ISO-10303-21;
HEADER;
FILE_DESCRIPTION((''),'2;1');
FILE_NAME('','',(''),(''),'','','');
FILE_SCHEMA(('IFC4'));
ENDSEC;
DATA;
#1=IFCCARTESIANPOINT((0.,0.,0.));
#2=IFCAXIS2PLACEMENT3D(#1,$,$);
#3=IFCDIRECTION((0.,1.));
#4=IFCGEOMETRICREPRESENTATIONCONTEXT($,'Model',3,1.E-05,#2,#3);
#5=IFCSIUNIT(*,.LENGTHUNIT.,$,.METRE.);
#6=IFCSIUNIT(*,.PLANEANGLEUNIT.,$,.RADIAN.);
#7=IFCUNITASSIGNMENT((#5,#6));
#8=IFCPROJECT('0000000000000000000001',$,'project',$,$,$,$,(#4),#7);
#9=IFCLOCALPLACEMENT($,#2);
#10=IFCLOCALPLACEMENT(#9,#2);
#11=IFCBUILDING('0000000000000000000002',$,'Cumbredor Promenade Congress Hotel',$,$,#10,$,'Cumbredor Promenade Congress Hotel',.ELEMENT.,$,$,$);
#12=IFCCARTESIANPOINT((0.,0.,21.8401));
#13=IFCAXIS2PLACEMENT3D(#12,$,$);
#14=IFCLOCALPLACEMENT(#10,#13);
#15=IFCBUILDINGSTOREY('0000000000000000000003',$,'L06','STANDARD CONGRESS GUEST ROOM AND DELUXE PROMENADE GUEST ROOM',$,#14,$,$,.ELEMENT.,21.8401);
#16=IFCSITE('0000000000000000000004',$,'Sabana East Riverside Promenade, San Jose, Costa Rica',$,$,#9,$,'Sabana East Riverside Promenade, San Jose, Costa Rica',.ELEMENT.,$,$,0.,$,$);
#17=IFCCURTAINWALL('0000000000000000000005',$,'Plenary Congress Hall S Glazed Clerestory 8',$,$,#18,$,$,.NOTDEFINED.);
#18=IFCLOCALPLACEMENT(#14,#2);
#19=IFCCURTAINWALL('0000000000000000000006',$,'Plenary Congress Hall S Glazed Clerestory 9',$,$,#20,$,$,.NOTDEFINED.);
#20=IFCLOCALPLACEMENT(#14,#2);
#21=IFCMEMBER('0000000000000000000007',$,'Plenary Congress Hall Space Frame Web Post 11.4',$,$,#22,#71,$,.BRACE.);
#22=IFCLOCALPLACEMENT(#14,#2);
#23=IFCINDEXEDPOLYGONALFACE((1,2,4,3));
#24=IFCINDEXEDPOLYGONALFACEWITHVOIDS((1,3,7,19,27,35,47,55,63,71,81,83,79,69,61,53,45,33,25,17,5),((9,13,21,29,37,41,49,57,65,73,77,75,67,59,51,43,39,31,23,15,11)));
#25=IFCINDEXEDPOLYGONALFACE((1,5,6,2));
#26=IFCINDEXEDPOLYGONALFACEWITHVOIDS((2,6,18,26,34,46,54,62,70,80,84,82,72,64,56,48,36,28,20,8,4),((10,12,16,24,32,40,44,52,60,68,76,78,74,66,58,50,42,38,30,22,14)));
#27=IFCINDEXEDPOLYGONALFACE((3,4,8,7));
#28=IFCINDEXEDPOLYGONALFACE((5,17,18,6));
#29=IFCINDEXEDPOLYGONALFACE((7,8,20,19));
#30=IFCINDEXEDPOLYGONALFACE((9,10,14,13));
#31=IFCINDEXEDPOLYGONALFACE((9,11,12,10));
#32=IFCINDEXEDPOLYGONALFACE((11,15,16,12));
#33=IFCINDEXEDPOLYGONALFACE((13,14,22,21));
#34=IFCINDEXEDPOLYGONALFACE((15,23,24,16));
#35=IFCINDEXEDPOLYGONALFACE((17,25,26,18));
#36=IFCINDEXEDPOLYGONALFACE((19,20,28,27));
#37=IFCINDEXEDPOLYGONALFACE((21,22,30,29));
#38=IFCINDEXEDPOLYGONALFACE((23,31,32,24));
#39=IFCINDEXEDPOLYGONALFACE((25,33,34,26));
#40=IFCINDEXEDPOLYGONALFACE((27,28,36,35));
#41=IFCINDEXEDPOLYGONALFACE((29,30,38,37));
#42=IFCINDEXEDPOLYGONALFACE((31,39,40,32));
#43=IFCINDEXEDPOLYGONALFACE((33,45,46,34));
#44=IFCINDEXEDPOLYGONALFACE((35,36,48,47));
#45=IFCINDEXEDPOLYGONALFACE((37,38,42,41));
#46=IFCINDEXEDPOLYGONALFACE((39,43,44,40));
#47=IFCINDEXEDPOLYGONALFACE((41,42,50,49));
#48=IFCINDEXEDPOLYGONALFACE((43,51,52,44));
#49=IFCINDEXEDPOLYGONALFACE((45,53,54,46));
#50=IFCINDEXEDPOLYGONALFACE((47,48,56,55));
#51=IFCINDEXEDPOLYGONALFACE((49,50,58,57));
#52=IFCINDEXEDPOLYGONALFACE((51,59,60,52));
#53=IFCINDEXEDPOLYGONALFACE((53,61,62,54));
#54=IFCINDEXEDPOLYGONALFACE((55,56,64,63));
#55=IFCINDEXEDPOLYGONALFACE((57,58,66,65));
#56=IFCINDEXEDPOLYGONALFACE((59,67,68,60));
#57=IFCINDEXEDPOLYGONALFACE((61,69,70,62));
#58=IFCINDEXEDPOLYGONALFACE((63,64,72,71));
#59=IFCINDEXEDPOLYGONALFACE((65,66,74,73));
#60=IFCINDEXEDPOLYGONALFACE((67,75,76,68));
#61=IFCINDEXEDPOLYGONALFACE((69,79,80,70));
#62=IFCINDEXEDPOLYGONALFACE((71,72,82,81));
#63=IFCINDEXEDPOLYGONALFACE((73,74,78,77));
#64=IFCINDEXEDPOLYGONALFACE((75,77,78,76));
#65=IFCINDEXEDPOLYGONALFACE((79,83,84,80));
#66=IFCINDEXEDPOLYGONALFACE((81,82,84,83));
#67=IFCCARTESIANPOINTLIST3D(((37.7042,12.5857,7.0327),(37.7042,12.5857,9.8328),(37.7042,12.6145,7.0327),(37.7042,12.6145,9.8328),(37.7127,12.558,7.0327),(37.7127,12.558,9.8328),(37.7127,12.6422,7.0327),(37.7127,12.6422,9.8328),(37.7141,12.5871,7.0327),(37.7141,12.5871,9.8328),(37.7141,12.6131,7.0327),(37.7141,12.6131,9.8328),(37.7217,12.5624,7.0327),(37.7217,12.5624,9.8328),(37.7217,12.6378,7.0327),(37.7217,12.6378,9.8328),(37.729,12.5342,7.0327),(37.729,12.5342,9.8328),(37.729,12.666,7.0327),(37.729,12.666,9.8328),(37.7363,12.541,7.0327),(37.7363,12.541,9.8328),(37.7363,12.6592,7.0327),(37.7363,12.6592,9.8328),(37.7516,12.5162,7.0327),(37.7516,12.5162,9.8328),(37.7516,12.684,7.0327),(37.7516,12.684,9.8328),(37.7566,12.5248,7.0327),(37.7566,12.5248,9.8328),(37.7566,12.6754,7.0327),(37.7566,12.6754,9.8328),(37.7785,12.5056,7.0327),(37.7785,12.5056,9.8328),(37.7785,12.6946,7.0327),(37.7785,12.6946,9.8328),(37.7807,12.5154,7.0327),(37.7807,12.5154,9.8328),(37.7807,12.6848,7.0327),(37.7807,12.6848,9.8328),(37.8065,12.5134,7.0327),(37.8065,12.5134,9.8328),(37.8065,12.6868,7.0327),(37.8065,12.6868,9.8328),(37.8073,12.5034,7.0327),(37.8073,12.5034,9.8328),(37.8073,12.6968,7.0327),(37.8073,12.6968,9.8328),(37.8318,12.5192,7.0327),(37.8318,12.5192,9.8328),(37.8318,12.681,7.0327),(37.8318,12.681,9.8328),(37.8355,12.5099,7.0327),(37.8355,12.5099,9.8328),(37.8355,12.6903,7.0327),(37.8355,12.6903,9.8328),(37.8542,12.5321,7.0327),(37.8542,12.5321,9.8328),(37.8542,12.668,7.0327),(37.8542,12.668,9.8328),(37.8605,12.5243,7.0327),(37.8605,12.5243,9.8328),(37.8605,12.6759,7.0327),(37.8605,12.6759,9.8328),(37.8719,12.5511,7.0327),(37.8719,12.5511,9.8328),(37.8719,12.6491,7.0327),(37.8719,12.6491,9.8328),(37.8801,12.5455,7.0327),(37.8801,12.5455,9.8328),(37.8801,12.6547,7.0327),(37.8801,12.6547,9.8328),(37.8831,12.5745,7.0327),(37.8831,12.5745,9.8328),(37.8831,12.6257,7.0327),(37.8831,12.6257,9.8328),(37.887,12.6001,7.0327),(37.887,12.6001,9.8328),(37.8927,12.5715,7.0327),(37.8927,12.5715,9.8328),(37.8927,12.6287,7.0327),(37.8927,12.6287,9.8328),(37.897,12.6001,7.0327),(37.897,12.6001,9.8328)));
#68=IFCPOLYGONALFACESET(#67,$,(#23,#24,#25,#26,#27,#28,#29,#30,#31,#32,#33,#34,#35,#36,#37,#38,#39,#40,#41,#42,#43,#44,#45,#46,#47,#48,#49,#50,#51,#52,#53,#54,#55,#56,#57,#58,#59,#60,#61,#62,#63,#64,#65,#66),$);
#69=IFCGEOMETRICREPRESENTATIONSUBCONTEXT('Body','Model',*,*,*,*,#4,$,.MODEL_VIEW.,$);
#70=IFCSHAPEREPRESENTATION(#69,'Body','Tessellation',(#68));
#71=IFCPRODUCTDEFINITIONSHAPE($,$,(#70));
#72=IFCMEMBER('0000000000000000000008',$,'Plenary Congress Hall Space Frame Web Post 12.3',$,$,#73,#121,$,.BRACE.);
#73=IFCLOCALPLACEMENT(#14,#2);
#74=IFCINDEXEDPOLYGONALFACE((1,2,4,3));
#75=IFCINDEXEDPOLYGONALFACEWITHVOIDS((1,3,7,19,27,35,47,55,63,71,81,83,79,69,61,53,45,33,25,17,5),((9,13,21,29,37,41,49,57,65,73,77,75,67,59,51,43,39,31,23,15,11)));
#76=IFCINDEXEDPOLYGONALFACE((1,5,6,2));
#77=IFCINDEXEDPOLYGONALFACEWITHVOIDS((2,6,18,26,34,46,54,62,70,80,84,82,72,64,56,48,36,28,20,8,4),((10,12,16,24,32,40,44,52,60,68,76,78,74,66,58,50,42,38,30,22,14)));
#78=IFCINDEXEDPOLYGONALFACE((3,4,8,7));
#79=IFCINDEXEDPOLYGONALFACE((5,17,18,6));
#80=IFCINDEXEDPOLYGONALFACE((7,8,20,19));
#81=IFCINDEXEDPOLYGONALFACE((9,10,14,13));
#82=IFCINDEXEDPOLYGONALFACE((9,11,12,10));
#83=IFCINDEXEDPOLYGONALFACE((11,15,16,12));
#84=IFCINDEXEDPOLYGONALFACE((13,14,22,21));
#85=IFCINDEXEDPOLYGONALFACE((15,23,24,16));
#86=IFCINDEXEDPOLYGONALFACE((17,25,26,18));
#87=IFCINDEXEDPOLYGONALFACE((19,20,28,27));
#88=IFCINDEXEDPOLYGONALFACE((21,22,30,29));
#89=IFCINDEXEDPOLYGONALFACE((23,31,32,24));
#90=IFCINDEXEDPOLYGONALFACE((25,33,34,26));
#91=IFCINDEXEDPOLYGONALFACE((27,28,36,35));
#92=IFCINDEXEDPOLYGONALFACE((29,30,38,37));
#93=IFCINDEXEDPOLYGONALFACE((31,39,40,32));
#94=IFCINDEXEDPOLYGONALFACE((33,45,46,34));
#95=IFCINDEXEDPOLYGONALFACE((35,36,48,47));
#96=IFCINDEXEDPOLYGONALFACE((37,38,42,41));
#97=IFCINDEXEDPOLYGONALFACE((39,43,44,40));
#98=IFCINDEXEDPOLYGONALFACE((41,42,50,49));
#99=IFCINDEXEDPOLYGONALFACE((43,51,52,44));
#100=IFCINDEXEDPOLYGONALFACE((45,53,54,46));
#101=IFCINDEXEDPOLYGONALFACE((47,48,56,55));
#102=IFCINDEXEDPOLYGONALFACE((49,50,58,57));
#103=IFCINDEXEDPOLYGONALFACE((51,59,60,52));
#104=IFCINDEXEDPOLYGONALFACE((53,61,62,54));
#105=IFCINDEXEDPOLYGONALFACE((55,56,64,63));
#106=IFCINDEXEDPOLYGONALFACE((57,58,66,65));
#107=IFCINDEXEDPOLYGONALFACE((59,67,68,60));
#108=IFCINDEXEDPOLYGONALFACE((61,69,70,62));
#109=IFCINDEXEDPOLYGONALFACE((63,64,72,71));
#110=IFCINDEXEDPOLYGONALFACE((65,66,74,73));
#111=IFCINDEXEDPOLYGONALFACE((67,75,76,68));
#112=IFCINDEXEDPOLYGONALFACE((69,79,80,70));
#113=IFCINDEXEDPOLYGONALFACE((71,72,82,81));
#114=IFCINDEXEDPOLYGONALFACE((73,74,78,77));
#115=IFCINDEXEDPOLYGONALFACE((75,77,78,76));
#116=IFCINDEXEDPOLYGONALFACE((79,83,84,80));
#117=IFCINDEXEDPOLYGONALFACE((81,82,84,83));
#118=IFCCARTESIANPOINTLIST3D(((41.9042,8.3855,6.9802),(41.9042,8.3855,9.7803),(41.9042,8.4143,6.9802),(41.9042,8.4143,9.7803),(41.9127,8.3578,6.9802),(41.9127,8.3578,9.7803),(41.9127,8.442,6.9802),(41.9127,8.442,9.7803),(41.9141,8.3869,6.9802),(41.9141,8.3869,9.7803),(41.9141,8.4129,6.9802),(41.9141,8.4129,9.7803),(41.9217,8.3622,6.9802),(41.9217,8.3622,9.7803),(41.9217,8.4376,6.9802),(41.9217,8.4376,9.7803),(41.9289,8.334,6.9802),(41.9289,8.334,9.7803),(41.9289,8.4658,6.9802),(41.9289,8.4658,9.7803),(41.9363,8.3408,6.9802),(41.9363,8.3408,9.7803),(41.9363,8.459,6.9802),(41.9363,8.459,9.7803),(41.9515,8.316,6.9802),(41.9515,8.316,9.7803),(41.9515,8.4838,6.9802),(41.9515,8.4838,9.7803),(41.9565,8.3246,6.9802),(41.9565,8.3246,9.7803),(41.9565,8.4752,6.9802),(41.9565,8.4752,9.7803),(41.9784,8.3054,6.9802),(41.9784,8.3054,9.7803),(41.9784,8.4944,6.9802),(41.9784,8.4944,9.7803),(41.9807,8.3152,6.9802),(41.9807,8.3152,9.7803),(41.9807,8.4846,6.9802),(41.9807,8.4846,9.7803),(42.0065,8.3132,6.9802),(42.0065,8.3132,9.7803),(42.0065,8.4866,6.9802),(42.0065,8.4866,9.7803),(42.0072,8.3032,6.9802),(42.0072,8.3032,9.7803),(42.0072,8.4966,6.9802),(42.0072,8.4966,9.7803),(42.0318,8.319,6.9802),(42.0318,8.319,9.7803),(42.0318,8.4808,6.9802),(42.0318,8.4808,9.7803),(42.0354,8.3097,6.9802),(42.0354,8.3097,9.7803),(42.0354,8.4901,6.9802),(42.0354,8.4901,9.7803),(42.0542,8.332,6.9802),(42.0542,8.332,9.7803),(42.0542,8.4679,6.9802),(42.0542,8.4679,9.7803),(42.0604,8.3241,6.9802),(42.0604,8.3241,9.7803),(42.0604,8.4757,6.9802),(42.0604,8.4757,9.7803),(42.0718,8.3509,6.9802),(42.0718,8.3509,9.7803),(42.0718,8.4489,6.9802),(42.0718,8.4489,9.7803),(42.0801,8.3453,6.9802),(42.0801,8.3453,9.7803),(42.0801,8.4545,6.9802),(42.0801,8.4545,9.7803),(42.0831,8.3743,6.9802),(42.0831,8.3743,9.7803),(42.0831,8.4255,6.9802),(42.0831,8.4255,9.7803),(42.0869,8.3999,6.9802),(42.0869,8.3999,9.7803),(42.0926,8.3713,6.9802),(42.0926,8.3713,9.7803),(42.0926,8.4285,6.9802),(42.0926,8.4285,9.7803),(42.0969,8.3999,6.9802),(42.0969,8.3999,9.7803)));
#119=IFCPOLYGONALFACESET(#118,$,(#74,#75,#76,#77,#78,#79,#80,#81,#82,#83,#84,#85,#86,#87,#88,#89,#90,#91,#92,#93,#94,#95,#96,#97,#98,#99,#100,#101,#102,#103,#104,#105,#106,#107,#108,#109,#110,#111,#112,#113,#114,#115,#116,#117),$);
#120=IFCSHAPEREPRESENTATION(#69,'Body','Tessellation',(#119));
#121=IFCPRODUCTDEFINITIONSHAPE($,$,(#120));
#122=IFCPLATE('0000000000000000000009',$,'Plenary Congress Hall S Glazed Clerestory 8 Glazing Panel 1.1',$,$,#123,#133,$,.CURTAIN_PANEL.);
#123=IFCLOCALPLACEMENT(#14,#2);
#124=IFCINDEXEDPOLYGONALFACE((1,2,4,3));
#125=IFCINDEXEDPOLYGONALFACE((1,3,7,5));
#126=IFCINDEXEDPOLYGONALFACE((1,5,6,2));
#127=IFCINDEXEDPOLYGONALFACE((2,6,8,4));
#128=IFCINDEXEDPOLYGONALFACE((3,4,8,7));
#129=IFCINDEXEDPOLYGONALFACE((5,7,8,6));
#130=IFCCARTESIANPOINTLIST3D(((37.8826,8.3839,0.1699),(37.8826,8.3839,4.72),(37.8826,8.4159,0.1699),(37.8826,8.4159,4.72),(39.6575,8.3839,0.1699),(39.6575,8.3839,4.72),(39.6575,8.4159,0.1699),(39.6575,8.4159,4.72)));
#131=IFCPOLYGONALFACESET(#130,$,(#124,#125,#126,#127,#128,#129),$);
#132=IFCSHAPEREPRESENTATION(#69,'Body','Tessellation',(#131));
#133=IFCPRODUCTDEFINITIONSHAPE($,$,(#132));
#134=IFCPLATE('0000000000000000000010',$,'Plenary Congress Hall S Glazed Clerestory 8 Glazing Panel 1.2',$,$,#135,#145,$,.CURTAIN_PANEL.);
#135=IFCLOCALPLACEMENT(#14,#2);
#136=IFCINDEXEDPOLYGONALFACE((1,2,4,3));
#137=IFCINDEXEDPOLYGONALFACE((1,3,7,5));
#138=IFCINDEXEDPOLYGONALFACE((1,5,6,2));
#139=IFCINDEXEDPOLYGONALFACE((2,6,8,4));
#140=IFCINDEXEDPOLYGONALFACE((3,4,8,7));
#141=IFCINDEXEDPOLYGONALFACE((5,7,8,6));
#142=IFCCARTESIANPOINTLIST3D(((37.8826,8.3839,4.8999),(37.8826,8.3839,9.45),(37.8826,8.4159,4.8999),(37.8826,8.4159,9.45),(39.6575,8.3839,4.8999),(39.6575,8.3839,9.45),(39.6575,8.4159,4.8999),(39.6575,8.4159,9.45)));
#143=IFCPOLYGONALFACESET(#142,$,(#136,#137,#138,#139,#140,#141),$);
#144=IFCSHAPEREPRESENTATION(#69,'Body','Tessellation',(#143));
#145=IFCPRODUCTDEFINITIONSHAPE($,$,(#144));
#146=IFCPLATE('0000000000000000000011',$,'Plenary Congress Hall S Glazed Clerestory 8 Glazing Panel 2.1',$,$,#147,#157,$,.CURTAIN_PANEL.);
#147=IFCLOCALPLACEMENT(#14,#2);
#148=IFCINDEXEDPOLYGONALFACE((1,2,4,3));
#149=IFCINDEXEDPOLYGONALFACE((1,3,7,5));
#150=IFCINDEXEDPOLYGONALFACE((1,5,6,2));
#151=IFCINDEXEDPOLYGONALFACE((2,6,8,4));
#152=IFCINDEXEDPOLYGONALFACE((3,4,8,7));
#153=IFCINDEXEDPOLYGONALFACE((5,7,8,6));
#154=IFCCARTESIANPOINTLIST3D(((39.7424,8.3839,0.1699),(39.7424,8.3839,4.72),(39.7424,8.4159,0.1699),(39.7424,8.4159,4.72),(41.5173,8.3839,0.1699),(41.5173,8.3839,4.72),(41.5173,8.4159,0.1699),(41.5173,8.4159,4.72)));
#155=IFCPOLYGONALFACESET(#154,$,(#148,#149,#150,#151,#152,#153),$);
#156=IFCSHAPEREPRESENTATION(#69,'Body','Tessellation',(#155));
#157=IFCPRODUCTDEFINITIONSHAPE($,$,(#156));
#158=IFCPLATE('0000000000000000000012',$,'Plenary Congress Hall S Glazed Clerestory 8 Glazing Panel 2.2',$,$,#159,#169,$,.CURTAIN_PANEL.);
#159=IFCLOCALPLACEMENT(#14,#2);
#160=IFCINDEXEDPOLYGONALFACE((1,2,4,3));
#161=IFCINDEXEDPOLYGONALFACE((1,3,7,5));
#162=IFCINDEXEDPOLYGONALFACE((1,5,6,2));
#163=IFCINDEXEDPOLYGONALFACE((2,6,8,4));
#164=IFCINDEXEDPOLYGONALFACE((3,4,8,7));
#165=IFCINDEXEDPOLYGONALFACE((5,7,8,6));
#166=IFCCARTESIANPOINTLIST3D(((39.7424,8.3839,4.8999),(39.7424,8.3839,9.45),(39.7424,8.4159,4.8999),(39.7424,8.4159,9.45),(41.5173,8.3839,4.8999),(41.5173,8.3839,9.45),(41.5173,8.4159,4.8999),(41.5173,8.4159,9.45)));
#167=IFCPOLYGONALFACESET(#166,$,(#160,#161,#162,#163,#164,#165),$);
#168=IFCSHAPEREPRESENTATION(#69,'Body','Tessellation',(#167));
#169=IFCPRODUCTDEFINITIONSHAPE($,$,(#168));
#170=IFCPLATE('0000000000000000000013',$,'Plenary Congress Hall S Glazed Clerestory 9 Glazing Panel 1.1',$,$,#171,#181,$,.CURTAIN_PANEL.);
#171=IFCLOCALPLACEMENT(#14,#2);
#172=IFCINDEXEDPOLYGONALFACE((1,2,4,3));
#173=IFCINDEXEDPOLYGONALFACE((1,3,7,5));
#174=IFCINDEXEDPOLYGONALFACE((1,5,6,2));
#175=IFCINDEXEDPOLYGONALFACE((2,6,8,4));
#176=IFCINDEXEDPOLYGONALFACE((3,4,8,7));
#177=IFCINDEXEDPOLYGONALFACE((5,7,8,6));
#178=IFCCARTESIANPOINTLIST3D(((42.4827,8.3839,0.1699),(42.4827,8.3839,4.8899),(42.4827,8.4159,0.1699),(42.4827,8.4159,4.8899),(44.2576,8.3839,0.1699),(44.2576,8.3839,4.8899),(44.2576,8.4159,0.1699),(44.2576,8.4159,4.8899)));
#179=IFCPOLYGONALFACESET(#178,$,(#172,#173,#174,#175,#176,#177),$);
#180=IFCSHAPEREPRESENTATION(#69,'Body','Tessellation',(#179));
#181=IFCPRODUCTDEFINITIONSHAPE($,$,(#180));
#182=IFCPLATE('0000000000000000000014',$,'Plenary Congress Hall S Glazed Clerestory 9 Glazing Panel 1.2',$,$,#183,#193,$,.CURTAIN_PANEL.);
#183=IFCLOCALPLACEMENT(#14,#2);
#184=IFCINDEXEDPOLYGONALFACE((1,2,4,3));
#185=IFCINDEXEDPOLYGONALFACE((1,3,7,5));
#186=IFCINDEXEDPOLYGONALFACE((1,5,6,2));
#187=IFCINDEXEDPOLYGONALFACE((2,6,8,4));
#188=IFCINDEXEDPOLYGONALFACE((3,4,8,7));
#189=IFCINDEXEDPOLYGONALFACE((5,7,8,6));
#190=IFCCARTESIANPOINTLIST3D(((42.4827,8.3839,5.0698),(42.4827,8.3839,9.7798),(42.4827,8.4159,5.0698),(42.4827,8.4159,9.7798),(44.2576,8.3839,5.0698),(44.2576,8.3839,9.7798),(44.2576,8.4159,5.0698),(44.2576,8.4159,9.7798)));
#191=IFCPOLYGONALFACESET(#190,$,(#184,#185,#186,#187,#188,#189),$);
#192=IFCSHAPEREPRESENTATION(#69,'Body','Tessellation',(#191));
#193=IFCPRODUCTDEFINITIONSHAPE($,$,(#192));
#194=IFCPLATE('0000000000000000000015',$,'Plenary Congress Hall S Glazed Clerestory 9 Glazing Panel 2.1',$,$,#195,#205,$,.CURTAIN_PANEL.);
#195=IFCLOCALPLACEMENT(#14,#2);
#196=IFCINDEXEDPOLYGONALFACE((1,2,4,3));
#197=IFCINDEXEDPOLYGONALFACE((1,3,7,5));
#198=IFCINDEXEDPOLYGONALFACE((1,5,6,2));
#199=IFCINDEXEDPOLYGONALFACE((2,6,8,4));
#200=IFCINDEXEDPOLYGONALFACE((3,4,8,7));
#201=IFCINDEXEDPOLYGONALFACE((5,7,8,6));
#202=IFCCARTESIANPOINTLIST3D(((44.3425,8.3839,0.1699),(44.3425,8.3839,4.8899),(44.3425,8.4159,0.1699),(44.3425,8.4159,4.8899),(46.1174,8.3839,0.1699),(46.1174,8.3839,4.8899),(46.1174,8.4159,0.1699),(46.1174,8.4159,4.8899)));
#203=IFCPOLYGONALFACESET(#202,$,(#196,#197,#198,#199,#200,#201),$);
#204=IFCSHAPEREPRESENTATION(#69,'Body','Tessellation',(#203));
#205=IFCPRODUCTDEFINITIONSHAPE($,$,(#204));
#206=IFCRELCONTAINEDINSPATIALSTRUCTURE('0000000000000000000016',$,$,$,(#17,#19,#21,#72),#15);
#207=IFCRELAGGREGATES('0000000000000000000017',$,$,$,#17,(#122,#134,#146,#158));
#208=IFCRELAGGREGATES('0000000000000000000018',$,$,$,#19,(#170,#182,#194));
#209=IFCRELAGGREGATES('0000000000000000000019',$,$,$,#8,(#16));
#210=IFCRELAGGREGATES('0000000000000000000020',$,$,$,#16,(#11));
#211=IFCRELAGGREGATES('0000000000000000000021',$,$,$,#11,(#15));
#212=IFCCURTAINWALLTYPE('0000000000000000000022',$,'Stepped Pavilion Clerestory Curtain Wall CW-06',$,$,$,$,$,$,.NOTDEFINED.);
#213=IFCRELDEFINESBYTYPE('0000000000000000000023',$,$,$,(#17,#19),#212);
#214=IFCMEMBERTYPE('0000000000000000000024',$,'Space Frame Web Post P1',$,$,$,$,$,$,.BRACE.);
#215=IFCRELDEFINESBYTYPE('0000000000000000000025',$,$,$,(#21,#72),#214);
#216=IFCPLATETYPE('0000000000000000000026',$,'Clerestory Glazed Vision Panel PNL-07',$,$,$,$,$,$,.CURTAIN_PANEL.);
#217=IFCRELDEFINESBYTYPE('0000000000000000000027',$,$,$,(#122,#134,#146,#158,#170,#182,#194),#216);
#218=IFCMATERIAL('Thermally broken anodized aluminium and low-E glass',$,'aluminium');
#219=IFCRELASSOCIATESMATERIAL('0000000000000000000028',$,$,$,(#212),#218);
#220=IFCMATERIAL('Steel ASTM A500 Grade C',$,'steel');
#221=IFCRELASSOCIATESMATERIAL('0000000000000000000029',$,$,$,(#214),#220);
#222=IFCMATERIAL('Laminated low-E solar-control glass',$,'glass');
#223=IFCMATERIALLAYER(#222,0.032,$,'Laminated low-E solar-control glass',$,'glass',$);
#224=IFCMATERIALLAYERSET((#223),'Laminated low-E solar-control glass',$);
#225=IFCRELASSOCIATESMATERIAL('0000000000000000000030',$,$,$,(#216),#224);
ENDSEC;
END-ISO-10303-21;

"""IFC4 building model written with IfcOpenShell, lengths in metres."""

from ifc_helpers import new_model, si_unit, direction, frame, origin, origin_2d, place, context, subcontext, project, spatial, rectangle, hollow_circle, extrude, material, layer, layer_set, material_profile, profile_set, type_object, element, aggregate, save


model = new_model("IFC4")

# Units and contexts
model_context = context("Model", 3, precision=1e-05, world=origin(), true_north=direction((0.0, 1.0)))
body_context = subcontext(model_context, "Body", "Model", "MODEL_VIEW")
ifc_project = project(units=[si_unit("LENGTHUNIT", "METRE"), si_unit("PLANEANGLEUNIT", "RADIAN")], contexts=[model_context])

# Site, building, storey
site_placement = place(None, origin())
site = spatial("IfcSite", under=ifc_project, at=site_placement, Name="Sabana East Riverside Promenade, San Jose, Costa Rica", LongName="Sabana East Riverside Promenade, San Jose, Costa Rica", CompositionType="ELEMENT", RefElevation=0.0)
building_placement = place(site_placement, origin())
building = spatial("IfcBuilding", under=site, at=building_placement, Name="Cumbredor Promenade Congress Hotel", LongName="Cumbredor Promenade Congress Hotel", CompositionType="ELEMENT")
storey_placement = place(building_placement, frame((0.0, 0.0, 21.8401)))
storey = spatial("IfcBuildingStorey", under=building, at=storey_placement, Name="L06", Description="STANDARD CONGRESS GUEST ROOM AND DELUXE PROMENADE GUEST ROOM", CompositionType="ELEMENT", Elevation=21.8401)

# Curtain walls
ifc_material_1 = material(Name="Thermally broken anodized aluminium and low-E glass", Category="aluminium")
curtain_wall_type = type_object("IfcCurtainWallType", Name="Stepped Pavilion Clerestory Curtain Wall CW-06", PredefinedType="NOTDEFINED", material=ifc_material_1)
curtain_wall_1_placement = place(storey_placement, origin())
curtain_wall_1 = element("IfcCurtainWall", 1, at=curtain_wall_1_placement, inside=storey, type_object=curtain_wall_type, Name="Plenary Congress Hall S Glazed Clerestory 8", PredefinedType="NOTDEFINED")
curtain_wall_2_placement = place(storey_placement, origin())
curtain_wall_2 = element("IfcCurtainWall", 2, at=curtain_wall_2_placement, inside=storey, type_object=curtain_wall_type, Name="Plenary Congress Hall S Glazed Clerestory 9", PredefinedType="NOTDEFINED")

# Members
ifc_material_2 = material(Name="Steel ASTM A500 Grade C", Category="steel")
ifc_material_profile_1 = material_profile(ifc_material_2, hollow_circle(Radius=0.0969, WallThickness=0.01, at=origin_2d()), Name="CHS 193.7x10")
ifc_profile_set_1 = profile_set([ifc_material_profile_1], Name="Steel ASTM A500 Grade C")
member_type_1 = type_object("IfcMemberType", Name="Space Frame Web Post P1", PredefinedType="BRACE", material=ifc_profile_set_1)
for number, where, z_axis, x_axis, name in (
    (3, (37.8, 12.6001, 7.0327), (0.0, 0.0, 1.0), (1.0, 0.0, 0.0), "Plenary Congress Hall Space Frame Web Post 11.4"),
    (4, (42.0, 8.3999, 6.9802), (0.0, 0.0, 1.0), (1.0, 0.0, 0.0), "Plenary Congress Hall Space Frame Web Post 12.3"),
):
    element("IfcMember", number, at=place(storey_placement, frame(where, z_axis=z_axis, x_axis=x_axis)), inside=storey, type_object=member_type_1, Name=name, PredefinedType="BRACE", context=body_context, shape_type="SweptSolid", body=[
        extrude(hollow_circle(Radius=0.0969, WallThickness=0.01, at=origin_2d()), origin(), (0.0, 0.0, 1.0), 2.8),
    ])

# Plates
ifc_material_3 = material(Name="Laminated low-E solar-control glass", Category="glass")
ifc_layer_1 = layer(ifc_material_3, 0.032, Name="Laminated low-E solar-control glass", Category="glass")
ifc_layer_set_1 = layer_set([ifc_layer_1], Name="Laminated low-E solar-control glass")
plate_type_1 = type_object("IfcPlateType", Name="Clerestory Glazed Vision Panel PNL-07", PredefinedType="CURTAIN_PANEL", material=ifc_layer_set_1)
plate_1_placement = place(storey_placement, frame((38.77, 8.3999, 0.1699), z_axis=(0.0, 0.0, 1.0), x_axis=(1.0, 0.0, 0.0)))
plate_1 = element("IfcPlate", 5, at=plate_1_placement, type_object=plate_type_1, Name="Plenary Congress Hall S Glazed Clerestory 8 Glazing Panel 1.1", PredefinedType="CURTAIN_PANEL", context=body_context, shape_type="SweptSolid", body=[
    extrude(rectangle(XDim=1.7749, YDim=0.032, at=origin_2d()), origin(), (0.0, 0.0, 1.0), 4.55),
])
plate_2_placement = place(storey_placement, frame((38.77, 8.3999, 4.8999), z_axis=(0.0, 0.0, 1.0), x_axis=(1.0, 0.0, 0.0)))
plate_2 = element("IfcPlate", 6, at=plate_2_placement, type_object=plate_type_1, Name="Plenary Congress Hall S Glazed Clerestory 8 Glazing Panel 1.2", PredefinedType="CURTAIN_PANEL", context=body_context, shape_type="SweptSolid", body=[
    extrude(rectangle(XDim=1.7749, YDim=0.032, at=origin_2d()), origin(), (0.0, 0.0, 1.0), 4.55),
])
plate_3_placement = place(storey_placement, frame((40.6299, 8.3999, 0.1699), z_axis=(0.0, 0.0, 1.0), x_axis=(1.0, 0.0, 0.0)))
plate_3 = element("IfcPlate", 7, at=plate_3_placement, type_object=plate_type_1, Name="Plenary Congress Hall S Glazed Clerestory 8 Glazing Panel 2.1", PredefinedType="CURTAIN_PANEL", context=body_context, shape_type="SweptSolid", body=[
    extrude(rectangle(XDim=1.7749, YDim=0.032, at=origin_2d()), origin(), (0.0, 0.0, 1.0), 4.55),
])
plate_4_placement = place(storey_placement, frame((40.6299, 8.3999, 4.8999), z_axis=(0.0, 0.0, 1.0), x_axis=(1.0, 0.0, 0.0)))
plate_4 = element("IfcPlate", 8, at=plate_4_placement, type_object=plate_type_1, Name="Plenary Congress Hall S Glazed Clerestory 8 Glazing Panel 2.2", PredefinedType="CURTAIN_PANEL", context=body_context, shape_type="SweptSolid", body=[
    extrude(rectangle(XDim=1.7749, YDim=0.032, at=origin_2d()), origin(), (0.0, 0.0, 1.0), 4.55),
])
aggregate(curtain_wall_1, [plate_1, plate_2, plate_3, plate_4])
plate_5_placement = place(storey_placement, frame((43.3701, 8.3999, 0.1699), z_axis=(0.0, 0.0, 1.0), x_axis=(1.0, 0.0, 0.0)))
plate_5 = element("IfcPlate", 9, at=plate_5_placement, type_object=plate_type_1, Name="Plenary Congress Hall S Glazed Clerestory 9 Glazing Panel 1.1", PredefinedType="CURTAIN_PANEL", context=body_context, shape_type="SweptSolid", body=[
    extrude(rectangle(XDim=1.7749, YDim=0.032, at=origin_2d()), origin(), (0.0, 0.0, 1.0), 4.72),
])
plate_6_placement = place(storey_placement, frame((43.3701, 8.3999, 5.0698), z_axis=(0.0, 0.0, 1.0), x_axis=(1.0, 0.0, 0.0)))
plate_6 = element("IfcPlate", 10, at=plate_6_placement, type_object=plate_type_1, Name="Plenary Congress Hall S Glazed Clerestory 9 Glazing Panel 1.2", PredefinedType="CURTAIN_PANEL", context=body_context, shape_type="SweptSolid", body=[
    extrude(rectangle(XDim=1.7749, YDim=0.032, at=origin_2d()), origin(), (0.0, 0.0, 1.0), 4.71),
])
plate_7_placement = place(storey_placement, frame((45.23, 8.3999, 0.1699), z_axis=(0.0, 0.0, 1.0), x_axis=(1.0, 0.0, 0.0)))
plate_7 = element("IfcPlate", 11, at=plate_7_placement, type_object=plate_type_1, Name="Plenary Congress Hall S Glazed Clerestory 9 Glazing Panel 2.1", PredefinedType="CURTAIN_PANEL", context=body_context, shape_type="SweptSolid", body=[
    extrude(rectangle(XDim=1.7749, YDim=0.032, at=origin_2d()), origin(), (0.0, 0.0, 1.0), 4.72),
])
aggregate(curtain_wall_2, [plate_5, plate_6, plate_7])

save(model, "model.ifc")
